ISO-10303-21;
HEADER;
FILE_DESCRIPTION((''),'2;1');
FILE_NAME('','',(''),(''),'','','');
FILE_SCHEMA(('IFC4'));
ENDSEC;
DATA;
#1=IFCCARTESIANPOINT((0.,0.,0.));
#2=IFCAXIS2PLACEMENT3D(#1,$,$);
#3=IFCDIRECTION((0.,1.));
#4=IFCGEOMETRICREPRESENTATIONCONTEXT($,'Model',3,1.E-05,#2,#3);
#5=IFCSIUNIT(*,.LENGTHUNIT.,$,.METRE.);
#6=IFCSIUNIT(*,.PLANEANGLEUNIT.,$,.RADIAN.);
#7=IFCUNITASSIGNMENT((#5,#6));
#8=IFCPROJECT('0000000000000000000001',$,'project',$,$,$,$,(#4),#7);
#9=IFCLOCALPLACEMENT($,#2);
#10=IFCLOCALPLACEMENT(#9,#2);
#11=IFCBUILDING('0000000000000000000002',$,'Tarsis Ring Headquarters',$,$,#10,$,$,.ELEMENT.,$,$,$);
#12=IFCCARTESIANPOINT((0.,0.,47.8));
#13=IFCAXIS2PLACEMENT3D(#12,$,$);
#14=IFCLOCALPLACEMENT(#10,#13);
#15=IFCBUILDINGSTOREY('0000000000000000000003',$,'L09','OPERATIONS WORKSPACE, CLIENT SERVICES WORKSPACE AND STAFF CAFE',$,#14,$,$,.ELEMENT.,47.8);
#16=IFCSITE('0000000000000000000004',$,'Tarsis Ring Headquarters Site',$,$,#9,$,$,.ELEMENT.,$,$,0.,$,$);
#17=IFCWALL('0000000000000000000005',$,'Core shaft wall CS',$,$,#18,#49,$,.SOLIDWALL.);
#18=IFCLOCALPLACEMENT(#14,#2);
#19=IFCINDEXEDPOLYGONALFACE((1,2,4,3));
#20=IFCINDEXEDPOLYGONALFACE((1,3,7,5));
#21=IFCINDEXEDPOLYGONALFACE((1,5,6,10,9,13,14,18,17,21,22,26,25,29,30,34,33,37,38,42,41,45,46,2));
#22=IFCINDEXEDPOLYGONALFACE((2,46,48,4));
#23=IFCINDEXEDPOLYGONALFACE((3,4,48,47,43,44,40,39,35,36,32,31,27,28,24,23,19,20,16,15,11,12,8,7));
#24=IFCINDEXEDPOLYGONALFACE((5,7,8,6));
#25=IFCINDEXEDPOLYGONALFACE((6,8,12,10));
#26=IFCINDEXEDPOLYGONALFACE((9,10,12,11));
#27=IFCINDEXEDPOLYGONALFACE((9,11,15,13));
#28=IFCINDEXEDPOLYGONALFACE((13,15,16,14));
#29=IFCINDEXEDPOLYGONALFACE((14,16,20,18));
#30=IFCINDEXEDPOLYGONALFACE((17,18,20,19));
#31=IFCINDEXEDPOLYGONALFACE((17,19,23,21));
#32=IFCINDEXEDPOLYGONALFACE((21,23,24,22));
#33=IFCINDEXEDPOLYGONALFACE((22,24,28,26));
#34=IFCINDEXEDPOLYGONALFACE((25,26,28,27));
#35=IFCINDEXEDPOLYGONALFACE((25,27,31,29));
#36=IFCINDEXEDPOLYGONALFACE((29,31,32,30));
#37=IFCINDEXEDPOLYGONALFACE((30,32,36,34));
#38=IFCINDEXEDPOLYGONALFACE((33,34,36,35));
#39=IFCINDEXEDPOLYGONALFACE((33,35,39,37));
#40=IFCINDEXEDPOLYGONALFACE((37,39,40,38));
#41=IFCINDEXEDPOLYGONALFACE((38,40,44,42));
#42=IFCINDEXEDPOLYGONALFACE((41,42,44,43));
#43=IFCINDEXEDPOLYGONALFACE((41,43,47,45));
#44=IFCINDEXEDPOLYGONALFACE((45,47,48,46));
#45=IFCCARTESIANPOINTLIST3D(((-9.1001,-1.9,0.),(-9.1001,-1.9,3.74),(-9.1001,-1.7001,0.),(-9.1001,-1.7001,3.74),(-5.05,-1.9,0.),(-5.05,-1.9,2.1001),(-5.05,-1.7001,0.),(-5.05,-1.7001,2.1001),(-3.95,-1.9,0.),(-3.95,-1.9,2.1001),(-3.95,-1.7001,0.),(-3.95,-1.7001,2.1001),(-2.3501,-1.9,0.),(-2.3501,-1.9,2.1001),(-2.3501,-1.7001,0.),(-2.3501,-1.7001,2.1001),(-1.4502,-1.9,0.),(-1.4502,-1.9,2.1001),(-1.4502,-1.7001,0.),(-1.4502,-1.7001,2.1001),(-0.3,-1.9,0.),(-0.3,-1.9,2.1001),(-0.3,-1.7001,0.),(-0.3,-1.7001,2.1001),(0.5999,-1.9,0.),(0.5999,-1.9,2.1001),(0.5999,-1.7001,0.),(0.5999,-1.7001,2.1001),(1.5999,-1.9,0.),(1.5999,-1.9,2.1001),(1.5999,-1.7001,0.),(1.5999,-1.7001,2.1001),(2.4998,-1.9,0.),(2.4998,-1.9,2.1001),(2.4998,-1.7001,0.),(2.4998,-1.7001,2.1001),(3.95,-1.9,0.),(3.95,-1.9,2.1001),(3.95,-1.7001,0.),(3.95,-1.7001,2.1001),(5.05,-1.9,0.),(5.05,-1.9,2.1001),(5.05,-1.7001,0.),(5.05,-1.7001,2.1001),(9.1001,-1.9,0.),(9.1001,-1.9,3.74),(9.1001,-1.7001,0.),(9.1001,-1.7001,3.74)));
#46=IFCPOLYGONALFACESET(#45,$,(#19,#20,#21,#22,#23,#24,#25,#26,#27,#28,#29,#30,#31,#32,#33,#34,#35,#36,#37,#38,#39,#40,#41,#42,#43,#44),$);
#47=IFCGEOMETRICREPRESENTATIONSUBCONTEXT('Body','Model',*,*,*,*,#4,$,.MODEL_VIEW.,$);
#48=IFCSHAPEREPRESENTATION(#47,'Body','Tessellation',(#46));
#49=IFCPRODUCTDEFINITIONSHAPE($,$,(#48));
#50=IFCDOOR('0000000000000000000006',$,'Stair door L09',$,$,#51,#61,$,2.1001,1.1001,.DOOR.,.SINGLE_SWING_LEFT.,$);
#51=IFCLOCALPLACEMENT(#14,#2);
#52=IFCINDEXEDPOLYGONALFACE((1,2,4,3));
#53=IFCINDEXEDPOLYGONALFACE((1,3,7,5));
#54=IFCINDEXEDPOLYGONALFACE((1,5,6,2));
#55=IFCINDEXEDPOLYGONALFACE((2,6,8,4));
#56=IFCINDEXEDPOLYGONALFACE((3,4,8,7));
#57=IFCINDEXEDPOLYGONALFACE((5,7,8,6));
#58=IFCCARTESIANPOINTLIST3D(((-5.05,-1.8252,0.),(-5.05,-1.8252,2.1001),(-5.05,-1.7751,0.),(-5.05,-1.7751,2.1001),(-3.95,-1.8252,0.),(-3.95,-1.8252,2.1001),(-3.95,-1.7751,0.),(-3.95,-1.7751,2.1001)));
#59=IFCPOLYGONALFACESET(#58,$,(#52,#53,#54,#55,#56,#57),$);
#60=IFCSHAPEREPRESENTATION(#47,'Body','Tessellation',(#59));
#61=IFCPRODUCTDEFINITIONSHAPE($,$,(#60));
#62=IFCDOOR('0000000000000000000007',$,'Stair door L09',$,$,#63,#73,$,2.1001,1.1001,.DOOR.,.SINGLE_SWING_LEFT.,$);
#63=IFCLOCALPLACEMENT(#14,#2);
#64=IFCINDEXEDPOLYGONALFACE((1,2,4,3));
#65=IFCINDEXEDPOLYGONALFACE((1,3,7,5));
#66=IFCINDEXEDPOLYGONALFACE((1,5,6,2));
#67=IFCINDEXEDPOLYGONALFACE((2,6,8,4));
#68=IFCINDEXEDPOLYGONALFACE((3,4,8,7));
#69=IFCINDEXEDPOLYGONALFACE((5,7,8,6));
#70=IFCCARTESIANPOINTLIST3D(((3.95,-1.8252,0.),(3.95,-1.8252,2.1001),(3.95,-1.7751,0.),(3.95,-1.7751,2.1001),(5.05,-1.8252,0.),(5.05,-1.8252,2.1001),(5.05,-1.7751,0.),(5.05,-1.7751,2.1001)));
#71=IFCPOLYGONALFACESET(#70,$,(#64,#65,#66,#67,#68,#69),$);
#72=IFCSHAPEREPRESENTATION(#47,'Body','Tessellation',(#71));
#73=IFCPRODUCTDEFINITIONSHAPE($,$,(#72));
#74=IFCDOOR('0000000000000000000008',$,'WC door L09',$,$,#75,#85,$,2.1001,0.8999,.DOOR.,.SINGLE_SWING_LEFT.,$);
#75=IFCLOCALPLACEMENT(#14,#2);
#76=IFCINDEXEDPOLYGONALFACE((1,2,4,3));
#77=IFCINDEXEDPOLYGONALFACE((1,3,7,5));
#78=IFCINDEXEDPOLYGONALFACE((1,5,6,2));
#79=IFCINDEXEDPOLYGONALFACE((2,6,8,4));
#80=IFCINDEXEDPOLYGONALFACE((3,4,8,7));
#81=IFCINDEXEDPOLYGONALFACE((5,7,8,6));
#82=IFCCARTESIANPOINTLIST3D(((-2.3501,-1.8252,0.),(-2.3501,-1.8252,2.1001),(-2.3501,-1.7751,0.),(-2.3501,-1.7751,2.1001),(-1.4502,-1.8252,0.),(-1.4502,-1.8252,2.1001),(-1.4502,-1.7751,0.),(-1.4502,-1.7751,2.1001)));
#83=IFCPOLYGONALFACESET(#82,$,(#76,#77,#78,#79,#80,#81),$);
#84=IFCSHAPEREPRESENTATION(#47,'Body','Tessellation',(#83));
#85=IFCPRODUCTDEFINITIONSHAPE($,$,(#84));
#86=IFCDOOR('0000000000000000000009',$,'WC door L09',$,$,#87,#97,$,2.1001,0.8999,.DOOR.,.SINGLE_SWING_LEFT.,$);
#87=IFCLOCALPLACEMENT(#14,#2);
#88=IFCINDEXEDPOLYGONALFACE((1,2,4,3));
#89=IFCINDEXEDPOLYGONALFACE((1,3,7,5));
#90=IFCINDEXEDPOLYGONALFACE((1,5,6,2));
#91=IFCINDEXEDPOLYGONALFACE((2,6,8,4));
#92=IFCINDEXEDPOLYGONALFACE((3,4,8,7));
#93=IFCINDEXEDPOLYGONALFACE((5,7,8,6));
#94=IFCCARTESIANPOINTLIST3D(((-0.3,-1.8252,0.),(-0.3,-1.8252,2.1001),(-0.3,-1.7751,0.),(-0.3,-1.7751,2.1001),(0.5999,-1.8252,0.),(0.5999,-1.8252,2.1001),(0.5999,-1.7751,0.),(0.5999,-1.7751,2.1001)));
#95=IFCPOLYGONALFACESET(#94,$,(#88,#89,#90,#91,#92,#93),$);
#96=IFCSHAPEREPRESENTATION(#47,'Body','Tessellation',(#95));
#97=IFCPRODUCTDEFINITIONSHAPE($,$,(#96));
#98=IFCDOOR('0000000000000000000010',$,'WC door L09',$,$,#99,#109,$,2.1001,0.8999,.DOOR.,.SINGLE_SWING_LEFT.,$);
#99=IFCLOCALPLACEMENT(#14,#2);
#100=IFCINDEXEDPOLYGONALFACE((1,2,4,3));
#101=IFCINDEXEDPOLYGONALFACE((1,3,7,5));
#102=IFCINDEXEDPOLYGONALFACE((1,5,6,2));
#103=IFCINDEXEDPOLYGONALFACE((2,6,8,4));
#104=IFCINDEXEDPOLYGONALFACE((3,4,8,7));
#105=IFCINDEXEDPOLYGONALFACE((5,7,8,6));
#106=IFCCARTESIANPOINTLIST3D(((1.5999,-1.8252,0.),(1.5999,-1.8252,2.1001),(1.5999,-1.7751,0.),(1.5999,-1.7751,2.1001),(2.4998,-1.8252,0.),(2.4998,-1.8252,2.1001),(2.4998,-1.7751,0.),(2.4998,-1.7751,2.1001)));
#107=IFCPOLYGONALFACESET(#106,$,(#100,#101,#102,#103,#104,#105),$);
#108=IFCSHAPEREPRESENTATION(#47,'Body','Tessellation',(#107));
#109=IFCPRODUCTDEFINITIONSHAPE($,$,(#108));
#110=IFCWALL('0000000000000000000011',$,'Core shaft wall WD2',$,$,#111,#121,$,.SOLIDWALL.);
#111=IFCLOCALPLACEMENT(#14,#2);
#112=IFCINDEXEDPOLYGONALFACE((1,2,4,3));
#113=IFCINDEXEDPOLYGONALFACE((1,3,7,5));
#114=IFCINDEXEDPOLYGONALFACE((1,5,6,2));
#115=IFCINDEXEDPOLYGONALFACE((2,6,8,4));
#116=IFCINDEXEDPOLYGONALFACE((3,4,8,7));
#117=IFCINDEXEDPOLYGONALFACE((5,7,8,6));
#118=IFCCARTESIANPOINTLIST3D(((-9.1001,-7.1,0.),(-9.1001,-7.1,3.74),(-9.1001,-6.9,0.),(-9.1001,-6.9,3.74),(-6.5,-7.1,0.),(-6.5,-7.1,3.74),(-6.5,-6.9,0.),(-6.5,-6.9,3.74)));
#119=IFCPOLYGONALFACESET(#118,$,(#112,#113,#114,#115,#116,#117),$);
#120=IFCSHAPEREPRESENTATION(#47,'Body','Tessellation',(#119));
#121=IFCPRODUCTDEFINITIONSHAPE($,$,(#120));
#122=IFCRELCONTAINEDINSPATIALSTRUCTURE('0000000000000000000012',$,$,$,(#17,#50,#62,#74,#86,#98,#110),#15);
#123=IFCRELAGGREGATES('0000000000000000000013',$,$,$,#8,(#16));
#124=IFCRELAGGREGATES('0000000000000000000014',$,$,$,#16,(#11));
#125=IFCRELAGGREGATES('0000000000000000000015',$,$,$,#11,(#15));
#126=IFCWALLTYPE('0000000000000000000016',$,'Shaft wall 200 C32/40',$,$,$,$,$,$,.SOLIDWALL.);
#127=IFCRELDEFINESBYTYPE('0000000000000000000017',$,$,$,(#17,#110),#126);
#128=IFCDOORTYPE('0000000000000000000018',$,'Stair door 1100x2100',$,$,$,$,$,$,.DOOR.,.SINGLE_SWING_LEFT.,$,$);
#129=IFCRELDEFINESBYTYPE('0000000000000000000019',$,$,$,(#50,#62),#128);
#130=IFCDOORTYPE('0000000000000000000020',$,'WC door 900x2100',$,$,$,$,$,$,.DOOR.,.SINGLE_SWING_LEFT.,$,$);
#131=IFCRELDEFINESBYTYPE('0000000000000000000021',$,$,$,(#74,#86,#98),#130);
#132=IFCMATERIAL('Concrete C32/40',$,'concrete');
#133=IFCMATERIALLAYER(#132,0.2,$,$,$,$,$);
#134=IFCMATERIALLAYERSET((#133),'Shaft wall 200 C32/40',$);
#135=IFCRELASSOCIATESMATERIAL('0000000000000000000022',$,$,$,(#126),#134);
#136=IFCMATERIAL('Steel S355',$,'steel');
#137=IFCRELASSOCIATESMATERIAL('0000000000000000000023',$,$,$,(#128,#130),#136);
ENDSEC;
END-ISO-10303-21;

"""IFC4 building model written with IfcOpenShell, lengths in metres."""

from ifc_helpers import new_model, si_unit, direction, frame, frame_2d, origin, place, context, subcontext, project, spatial, rectangle, extrude, material, layer, layer_set, type_object, element, fill, save


model = new_model("IFC4")

# Units and contexts
model_context = context("Model", 3, precision=1e-05, world=origin(), true_north=direction((0.0, 1.0)))
body_context = subcontext(model_context, "Body", "Model", "MODEL_VIEW")
ifc_project = project(units=[si_unit("LENGTHUNIT", "METRE"), si_unit("PLANEANGLEUNIT", "RADIAN")], contexts=[model_context])

# Site, building, storey
site_placement = place(None, origin())
site = spatial("IfcSite", under=ifc_project, at=site_placement, Name="Tarsis Ring Headquarters Site", CompositionType="ELEMENT", RefElevation=0.0)
building_placement = place(site_placement, origin())
building = spatial("IfcBuilding", under=site, at=building_placement, Name="Tarsis Ring Headquarters", CompositionType="ELEMENT")
storey_placement = place(building_placement, frame((0.0, 0.0, 47.8)))
storey = spatial("IfcBuildingStorey", under=building, at=storey_placement, Name="L09", Description="OPERATIONS WORKSPACE, CLIENT SERVICES WORKSPACE AND STAFF CAFE", CompositionType="ELEMENT", Elevation=47.8)

# Wall, openings, doors
ifc_material_1 = material(Name="Concrete C32/40", Category="concrete")
ifc_layer_1 = layer(ifc_material_1, 0.2)
ifc_layer_set_1 = layer_set([ifc_layer_1], Name="Shaft wall 200 C32/40")
wall_type_1 = type_object("IfcWallType", Name="Shaft wall 200 C32/40", PredefinedType="SOLIDWALL", material=ifc_layer_set_1)
wall_1_placement = place(storey_placement, frame((-9.1001, -1.8, 0.0), z_axis=(0.0, 0.0, 1.0), x_axis=(1.0, 0.0, 0.0)))
wall_1 = element("IfcWall", 1, at=wall_1_placement, inside=storey, type_object=wall_type_1, Name="Core shaft wall CS", PredefinedType="SOLIDWALL", context=body_context, shape_type="SweptSolid", body=[
    extrude(rectangle(XDim=18.2002, YDim=0.2, at=frame_2d((9.1001, 0.0))), origin(), (0.0, 0.0, 1.0), 3.74),
])
opening_1_placement = place(wall_1_placement, frame((4.05, 0.0, 0.0)))
opening_1 = element("IfcOpeningElement", 2, at=opening_1_placement, cuts=wall_1, PredefinedType="OPENING", context=body_context, shape_type="SweptSolid", body=[
    extrude(rectangle(XDim=1.1001, YDim=2.1001, at=frame_2d((0.55, 1.05))), frame((0.0, 0.1099, 0.0), z_axis=(0.0, -1.0, 0.0), x_axis=(1.0, 0.0, 0.0)), (0.0, 0.0, 1.0), 0.22),
])
opening_2_placement = place(wall_1_placement, frame((6.75, 0.0, 0.0)))
opening_2 = element("IfcOpeningElement", 3, at=opening_2_placement, cuts=wall_1, PredefinedType="OPENING", context=body_context, shape_type="SweptSolid", body=[
    extrude(rectangle(XDim=0.8999, YDim=2.1001, at=frame_2d((0.45, 1.05))), frame((0.0, 0.1099, 0.0), z_axis=(0.0, -1.0, 0.0), x_axis=(1.0, 0.0, 0.0)), (0.0, 0.0, 1.0), 0.22),
])
opening_3_placement = place(wall_1_placement, frame((8.8, 0.0, 0.0)))
opening_3 = element("IfcOpeningElement", 4, at=opening_3_placement, cuts=wall_1, PredefinedType="OPENING", context=body_context, shape_type="SweptSolid", body=[
    extrude(rectangle(XDim=0.8999, YDim=2.1001, at=frame_2d((0.45, 1.05))), frame((0.0, 0.1099, 0.0), z_axis=(0.0, -1.0, 0.0), x_axis=(1.0, 0.0, 0.0)), (0.0, 0.0, 1.0), 0.22),
])
opening_4_placement = place(wall_1_placement, frame((10.7, 0.0, 0.0)))
opening_4 = element("IfcOpeningElement", 5, at=opening_4_placement, cuts=wall_1, PredefinedType="OPENING", context=body_context, shape_type="SweptSolid", body=[
    extrude(rectangle(XDim=0.8999, YDim=2.1001, at=frame_2d((0.45, 1.05))), frame((0.0, 0.1099, 0.0), z_axis=(0.0, -1.0, 0.0), x_axis=(1.0, 0.0, 0.0)), (0.0, 0.0, 1.0), 0.22),
])
opening_5_placement = place(wall_1_placement, frame((13.05, 0.0, 0.0)))
opening_5 = element("IfcOpeningElement", 6, at=opening_5_placement, cuts=wall_1, PredefinedType="OPENING", context=body_context, shape_type="SweptSolid", body=[
    extrude(rectangle(XDim=1.1001, YDim=2.1001, at=frame_2d((0.55, 1.05))), frame((0.0, 0.1099, 0.0), z_axis=(0.0, -1.0, 0.0), x_axis=(1.0, 0.0, 0.0)), (0.0, 0.0, 1.0), 0.22),
])
ifc_material_2 = material(Name="Steel S355", Category="steel")
door_type_1 = type_object("IfcDoorType", Name="Stair door 1100x2100", OperationType="SINGLE_SWING_LEFT", PredefinedType="DOOR", material=ifc_material_2)
door_1_placement = place(opening_1_placement, origin())
door_1 = element("IfcDoor", 7, at=door_1_placement, inside=storey, type_object=door_type_1, Name="Stair door L09", OperationType="SINGLE_SWING_LEFT", OverallHeight=2.1001, OverallWidth=1.1001, PredefinedType="DOOR", context=body_context, shape_type="SweptSolid", body=[
    extrude(rectangle(XDim=1.1001, YDim=2.1001, at=frame_2d((0.55, 1.05))), frame((0.0, 0.0249, 0.0), z_axis=(0.0, -1.0, 0.0), x_axis=(1.0, 0.0, 0.0)), (0.0, 0.0, 1.0), 0.05),
])
fill(opening_1, door_1)
door_2_placement = place(opening_5_placement, origin())
door_2 = element("IfcDoor", 8, at=door_2_placement, inside=storey, type_object=door_type_1, Name="Stair door L09", OperationType="SINGLE_SWING_LEFT", OverallHeight=2.1001, OverallWidth=1.1001, PredefinedType="DOOR", context=body_context, shape_type="SweptSolid", body=[
    extrude(rectangle(XDim=1.1001, YDim=2.1001, at=frame_2d((0.55, 1.05))), frame((0.0, 0.0249, 0.0), z_axis=(0.0, -1.0, 0.0), x_axis=(1.0, 0.0, 0.0)), (0.0, 0.0, 1.0), 0.05),
])
fill(opening_5, door_2)
door_type_2 = type_object("IfcDoorType", Name="WC door 900x2100", OperationType="SINGLE_SWING_LEFT", PredefinedType="DOOR", material=ifc_material_2)
door_3_placement = place(opening_2_placement, origin())
door_3 = element("IfcDoor", 9, at=door_3_placement, inside=storey, type_object=door_type_2, Name="WC door L09", OperationType="SINGLE_SWING_LEFT", OverallHeight=2.1001, OverallWidth=0.8999, PredefinedType="DOOR", context=body_context, shape_type="SweptSolid", body=[
    extrude(rectangle(XDim=0.8999, YDim=2.1001, at=frame_2d((0.45, 1.05))), frame((0.0, 0.0249, 0.0), z_axis=(0.0, -1.0, 0.0), x_axis=(1.0, 0.0, 0.0)), (0.0, 0.0, 1.0), 0.05),
])
fill(opening_2, door_3)
door_4_placement = place(opening_3_placement, origin())
door_4 = element("IfcDoor", 10, at=door_4_placement, inside=storey, type_object=door_type_2, Name="WC door L09", OperationType="SINGLE_SWING_LEFT", OverallHeight=2.1001, OverallWidth=0.8999, PredefinedType="DOOR", context=body_context, shape_type="SweptSolid", body=[
    extrude(rectangle(XDim=0.8999, YDim=2.1001, at=frame_2d((0.45, 1.05))), frame((0.0, 0.0249, 0.0), z_axis=(0.0, -1.0, 0.0), x_axis=(1.0, 0.0, 0.0)), (0.0, 0.0, 1.0), 0.05),
])
fill(opening_3, door_4)
door_5_placement = place(opening_4_placement, origin())
door_5 = element("IfcDoor", 11, at=door_5_placement, inside=storey, type_object=door_type_2, Name="WC door L09", OperationType="SINGLE_SWING_LEFT", OverallHeight=2.1001, OverallWidth=0.8999, PredefinedType="DOOR", context=body_context, shape_type="SweptSolid", body=[
    extrude(rectangle(XDim=0.8999, YDim=2.1001, at=frame_2d((0.45, 1.05))), frame((0.0, 0.0249, 0.0), z_axis=(0.0, -1.0, 0.0), x_axis=(1.0, 0.0, 0.0)), (0.0, 0.0, 1.0), 0.05),
])
fill(opening_4, door_5)

# Wall
wall_2_placement = place(storey_placement, frame((-9.1001, -7.0, 0.0), z_axis=(0.0, 0.0, 1.0), x_axis=(1.0, 0.0, 0.0)))
element("IfcWall", 12, at=wall_2_placement, inside=storey, type_object=wall_type_1, Name="Core shaft wall WD2", PredefinedType="SOLIDWALL", context=body_context, shape_type="SweptSolid", body=[
    extrude(rectangle(XDim=2.6001, YDim=0.2, at=frame_2d((1.3, 0.0))), origin(), (0.0, 0.0, 1.0), 3.74),
])

save(model, "model.ifc")
